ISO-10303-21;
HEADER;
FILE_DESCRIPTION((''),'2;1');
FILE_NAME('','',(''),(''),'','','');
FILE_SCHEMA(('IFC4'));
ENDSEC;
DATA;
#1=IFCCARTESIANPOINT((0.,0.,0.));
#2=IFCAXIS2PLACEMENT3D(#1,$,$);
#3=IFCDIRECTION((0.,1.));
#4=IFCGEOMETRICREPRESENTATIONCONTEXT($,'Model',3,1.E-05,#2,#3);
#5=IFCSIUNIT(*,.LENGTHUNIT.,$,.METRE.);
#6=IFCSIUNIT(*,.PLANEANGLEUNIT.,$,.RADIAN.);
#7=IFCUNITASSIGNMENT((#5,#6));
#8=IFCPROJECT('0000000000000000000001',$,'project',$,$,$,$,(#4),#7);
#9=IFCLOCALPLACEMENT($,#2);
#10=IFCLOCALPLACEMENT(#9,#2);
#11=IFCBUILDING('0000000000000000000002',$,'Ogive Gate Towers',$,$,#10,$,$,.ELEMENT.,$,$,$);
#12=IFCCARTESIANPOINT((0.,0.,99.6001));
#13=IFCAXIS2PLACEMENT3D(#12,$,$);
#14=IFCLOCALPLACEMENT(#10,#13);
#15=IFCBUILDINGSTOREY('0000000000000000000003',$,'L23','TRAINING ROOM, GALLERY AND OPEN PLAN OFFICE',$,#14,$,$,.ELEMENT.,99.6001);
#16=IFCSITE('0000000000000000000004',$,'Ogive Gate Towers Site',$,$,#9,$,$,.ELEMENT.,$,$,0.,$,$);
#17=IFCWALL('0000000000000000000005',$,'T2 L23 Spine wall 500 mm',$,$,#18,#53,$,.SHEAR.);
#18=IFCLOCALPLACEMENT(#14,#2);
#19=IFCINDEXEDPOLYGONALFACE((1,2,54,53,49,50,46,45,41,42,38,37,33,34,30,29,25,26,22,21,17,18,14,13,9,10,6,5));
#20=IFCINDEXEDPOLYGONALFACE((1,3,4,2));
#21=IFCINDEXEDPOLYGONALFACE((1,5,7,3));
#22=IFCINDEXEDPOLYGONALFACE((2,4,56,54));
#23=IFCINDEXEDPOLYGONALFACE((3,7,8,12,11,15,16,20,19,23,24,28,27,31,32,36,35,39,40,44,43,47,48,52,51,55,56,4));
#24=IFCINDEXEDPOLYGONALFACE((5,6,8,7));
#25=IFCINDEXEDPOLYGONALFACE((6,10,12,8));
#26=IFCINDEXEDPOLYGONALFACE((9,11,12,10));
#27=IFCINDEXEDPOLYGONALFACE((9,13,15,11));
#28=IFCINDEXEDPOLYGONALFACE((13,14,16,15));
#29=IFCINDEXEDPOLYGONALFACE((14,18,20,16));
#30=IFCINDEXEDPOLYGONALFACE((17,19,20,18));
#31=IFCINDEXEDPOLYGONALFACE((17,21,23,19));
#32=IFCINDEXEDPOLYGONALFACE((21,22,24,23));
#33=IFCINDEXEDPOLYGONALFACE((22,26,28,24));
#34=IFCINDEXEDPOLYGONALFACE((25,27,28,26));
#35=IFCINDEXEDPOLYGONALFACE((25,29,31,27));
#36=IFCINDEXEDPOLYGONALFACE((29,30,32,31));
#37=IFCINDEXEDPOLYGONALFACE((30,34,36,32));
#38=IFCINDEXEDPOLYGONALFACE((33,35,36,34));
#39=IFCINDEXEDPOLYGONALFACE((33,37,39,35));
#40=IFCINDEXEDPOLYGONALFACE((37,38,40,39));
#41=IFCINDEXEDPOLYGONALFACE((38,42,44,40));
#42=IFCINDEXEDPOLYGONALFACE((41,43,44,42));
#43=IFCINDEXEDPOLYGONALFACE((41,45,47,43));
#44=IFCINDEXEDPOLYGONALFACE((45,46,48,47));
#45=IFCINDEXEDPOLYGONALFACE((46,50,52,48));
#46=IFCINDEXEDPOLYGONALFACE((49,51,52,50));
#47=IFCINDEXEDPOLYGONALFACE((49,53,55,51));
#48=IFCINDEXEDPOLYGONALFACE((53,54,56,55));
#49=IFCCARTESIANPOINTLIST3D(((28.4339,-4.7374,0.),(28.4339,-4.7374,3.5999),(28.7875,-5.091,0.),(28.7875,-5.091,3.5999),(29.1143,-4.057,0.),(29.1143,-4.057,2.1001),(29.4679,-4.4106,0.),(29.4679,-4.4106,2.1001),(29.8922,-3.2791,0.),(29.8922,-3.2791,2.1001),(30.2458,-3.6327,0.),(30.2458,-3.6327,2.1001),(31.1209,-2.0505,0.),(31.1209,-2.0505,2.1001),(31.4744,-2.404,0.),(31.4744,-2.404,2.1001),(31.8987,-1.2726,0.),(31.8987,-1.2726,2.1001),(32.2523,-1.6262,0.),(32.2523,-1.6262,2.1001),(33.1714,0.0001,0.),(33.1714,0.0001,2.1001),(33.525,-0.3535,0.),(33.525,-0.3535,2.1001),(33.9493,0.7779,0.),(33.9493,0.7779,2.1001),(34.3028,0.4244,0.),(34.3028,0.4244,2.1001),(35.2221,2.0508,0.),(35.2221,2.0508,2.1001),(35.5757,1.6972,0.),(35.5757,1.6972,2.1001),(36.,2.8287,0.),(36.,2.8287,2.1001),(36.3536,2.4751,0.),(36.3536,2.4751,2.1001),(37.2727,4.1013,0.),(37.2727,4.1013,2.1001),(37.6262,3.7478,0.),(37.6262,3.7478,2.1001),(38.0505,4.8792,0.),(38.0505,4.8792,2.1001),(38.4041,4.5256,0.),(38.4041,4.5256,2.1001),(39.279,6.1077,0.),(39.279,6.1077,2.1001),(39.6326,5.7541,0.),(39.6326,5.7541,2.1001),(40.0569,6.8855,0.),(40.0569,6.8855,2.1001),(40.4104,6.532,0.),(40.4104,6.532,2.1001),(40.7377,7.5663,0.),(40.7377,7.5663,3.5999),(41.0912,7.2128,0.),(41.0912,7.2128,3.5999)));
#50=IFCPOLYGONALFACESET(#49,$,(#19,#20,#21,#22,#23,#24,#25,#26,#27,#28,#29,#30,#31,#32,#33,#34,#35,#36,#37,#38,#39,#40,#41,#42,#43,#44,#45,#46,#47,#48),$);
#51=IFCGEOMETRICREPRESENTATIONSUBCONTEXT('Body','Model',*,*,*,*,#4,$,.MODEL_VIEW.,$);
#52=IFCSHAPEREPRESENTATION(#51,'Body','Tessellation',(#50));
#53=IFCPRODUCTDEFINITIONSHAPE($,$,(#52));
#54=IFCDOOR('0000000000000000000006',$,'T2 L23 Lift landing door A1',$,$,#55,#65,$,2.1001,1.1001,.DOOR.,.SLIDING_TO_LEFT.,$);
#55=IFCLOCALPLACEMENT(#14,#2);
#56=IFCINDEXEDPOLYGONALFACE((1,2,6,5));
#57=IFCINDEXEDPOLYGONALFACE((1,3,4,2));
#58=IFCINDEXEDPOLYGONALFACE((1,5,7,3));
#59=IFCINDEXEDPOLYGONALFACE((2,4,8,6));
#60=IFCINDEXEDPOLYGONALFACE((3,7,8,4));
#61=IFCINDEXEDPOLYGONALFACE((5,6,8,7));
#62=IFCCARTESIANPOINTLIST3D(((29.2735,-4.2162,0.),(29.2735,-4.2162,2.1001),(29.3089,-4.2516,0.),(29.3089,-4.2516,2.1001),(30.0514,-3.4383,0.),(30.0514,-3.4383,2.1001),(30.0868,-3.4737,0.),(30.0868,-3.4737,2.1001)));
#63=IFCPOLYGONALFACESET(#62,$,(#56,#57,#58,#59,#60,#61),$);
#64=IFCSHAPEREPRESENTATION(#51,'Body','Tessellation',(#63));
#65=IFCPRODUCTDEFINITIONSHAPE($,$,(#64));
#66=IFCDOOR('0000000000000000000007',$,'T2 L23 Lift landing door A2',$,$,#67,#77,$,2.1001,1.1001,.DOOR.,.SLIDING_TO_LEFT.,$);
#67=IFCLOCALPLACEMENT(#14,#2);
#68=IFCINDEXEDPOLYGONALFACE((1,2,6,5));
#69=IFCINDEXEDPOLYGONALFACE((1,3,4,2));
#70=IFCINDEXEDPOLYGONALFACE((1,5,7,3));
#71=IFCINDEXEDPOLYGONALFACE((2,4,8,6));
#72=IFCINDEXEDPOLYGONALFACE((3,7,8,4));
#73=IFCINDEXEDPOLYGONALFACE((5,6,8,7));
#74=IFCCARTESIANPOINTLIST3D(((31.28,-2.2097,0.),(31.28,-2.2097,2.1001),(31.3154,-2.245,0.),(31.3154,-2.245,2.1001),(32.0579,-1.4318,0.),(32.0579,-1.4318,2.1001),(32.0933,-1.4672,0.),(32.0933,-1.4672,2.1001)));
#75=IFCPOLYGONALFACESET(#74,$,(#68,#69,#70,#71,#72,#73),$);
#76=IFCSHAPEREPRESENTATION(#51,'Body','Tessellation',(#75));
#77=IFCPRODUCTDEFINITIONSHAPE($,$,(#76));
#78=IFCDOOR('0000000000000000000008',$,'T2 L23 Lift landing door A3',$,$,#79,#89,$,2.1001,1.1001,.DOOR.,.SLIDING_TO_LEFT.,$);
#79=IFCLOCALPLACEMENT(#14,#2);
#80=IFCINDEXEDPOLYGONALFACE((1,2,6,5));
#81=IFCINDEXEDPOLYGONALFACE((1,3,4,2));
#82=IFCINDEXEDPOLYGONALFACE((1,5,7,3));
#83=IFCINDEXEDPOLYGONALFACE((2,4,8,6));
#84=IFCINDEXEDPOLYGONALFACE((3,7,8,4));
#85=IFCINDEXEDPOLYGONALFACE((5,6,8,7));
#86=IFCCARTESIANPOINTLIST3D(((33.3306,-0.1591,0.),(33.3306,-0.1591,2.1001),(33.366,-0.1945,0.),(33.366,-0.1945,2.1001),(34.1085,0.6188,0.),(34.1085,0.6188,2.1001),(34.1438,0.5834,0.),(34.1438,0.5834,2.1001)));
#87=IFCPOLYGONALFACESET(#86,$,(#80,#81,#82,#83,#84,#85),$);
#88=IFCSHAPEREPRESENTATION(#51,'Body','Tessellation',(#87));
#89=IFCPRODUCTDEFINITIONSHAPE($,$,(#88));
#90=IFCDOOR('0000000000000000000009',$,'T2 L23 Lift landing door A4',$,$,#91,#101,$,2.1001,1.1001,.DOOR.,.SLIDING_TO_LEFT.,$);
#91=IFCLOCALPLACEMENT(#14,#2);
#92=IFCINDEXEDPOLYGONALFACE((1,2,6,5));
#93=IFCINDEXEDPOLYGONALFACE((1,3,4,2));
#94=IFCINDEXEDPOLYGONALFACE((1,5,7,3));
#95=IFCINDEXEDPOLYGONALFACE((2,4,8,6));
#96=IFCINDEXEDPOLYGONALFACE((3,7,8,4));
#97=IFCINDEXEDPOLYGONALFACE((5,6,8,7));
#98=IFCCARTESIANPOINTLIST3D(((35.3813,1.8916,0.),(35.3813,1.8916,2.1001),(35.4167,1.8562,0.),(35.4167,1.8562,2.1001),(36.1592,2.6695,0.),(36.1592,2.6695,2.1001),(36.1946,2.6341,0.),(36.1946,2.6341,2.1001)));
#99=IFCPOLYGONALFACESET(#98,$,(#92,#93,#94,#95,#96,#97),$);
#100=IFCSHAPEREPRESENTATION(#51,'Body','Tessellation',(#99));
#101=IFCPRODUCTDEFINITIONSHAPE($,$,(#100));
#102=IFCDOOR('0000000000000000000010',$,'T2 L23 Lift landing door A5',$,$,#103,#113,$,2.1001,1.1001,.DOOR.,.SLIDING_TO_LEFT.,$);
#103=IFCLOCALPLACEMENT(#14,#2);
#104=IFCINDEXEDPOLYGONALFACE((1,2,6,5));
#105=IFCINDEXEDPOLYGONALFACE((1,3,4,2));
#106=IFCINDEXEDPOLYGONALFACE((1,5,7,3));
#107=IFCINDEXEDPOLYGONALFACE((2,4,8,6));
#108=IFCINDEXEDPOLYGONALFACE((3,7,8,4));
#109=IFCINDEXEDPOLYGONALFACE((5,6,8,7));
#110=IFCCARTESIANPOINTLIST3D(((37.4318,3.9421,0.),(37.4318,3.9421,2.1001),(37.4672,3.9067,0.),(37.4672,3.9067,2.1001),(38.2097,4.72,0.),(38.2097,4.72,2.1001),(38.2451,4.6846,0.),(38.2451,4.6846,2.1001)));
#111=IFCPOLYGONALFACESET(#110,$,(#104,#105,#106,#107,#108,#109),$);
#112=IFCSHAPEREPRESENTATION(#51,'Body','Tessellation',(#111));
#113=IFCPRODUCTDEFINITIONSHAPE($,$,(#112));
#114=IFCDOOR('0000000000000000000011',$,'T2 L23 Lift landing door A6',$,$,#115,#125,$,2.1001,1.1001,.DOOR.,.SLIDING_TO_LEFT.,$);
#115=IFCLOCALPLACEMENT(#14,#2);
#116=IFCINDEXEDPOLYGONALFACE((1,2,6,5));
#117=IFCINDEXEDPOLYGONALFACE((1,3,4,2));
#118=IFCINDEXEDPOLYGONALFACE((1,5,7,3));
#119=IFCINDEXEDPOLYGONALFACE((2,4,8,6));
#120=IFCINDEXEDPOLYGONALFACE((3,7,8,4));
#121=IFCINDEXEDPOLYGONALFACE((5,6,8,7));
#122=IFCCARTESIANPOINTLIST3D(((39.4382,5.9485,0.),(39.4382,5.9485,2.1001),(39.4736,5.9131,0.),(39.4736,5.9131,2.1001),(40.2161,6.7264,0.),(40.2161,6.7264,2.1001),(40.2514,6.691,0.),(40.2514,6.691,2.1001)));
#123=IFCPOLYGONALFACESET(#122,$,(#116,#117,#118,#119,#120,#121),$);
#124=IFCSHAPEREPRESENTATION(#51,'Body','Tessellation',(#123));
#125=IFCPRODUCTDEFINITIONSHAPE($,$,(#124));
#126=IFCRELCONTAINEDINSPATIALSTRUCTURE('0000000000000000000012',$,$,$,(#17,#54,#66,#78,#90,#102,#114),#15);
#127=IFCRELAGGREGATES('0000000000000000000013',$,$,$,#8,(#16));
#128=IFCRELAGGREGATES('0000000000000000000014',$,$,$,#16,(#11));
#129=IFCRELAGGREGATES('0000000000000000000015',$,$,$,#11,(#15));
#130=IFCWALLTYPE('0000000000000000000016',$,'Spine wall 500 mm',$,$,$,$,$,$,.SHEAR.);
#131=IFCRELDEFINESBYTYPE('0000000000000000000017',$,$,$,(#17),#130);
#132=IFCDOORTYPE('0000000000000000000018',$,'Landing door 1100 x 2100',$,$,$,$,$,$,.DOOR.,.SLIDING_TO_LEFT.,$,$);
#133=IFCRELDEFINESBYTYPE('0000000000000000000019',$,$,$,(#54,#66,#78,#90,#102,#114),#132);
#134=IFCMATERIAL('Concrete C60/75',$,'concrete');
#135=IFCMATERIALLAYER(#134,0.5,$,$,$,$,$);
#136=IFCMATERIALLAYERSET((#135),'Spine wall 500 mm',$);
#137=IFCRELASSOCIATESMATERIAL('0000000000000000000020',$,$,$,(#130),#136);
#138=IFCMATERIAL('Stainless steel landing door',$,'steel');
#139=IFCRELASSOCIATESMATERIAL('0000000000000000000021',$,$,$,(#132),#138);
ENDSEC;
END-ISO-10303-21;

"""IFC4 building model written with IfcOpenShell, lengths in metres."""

from ifc_helpers import new_model, si_unit, direction, frame, frame_2d, origin, place, context, subcontext, project, spatial, rectangle, extrude, material, layer, layer_set, type_object, element, fill, save


model = new_model("IFC4")

# Units and contexts
model_context = context("Model", 3, precision=1e-05, world=origin(), true_north=direction((0.0, 1.0)))
body_context = subcontext(model_context, "Body", "Model", "MODEL_VIEW")
ifc_project = project(units=[si_unit("LENGTHUNIT", "METRE"), si_unit("PLANEANGLEUNIT", "RADIAN")], contexts=[model_context])

# Site, building, storey
site_placement = place(None, origin())
site = spatial("IfcSite", under=ifc_project, at=site_placement, Name="Ogive Gate Towers Site", CompositionType="ELEMENT", RefElevation=0.0)
building_placement = place(site_placement, origin())
building = spatial("IfcBuilding", under=site, at=building_placement, Name="Ogive Gate Towers", CompositionType="ELEMENT")
storey_placement = place(building_placement, frame((0.0, 0.0, 99.6001)))
storey = spatial("IfcBuildingStorey", under=building, at=storey_placement, Name="L23", Description="TRAINING ROOM, GALLERY AND OPEN PLAN OFFICE", CompositionType="ELEMENT", Elevation=99.6001)

# Shared definitions
ifc_material_1 = material(Name="Concrete C60/75", Category="concrete")

# Shared definitions
ifc_material_2 = material(Name="Stainless steel landing door", Category="steel")

# Wall, openings, doors
ifc_layer_1 = layer(ifc_material_1, 0.5)
ifc_layer_set_1 = layer_set([ifc_layer_1], Name="Spine wall 500 mm")
wall_type_1 = type_object("IfcWallType", Name="Spine wall 500 mm", PredefinedType="SHEAR", material=ifc_layer_set_1)
wall_1_placement = place(storey_placement, frame((28.6106, -4.9143, 0.0), z_axis=(0.0, 0.0, 1.0), x_axis=(0.707107, 0.707107, 0.0)))
wall_1 = element("IfcWall", 1, at=wall_1_placement, inside=storey, type_object=wall_type_1, Name="T2 L23 Spine wall 500 mm", PredefinedType="SHEAR", context=body_context, shape_type="SweptSolid", body=[
    extrude(rectangle(XDim=17.4001, YDim=0.5, at=frame_2d((8.7002, 0.0))), origin(), (0.0, 0.0, 1.0), 3.5999),
])
opening_1_placement = place(wall_1_placement, frame((0.9624, 0.0, 0.0)))
opening_1 = element("IfcOpeningElement", 2, at=opening_1_placement, cuts=wall_1, PredefinedType="OPENING", context=body_context, shape_type="SweptSolid", body=[
    extrude(rectangle(XDim=1.1001, YDim=2.1001, at=frame_2d((0.55, 1.05))), frame((0.0, 0.26, 0.0), z_axis=(0.0, -1.0, 0.0), x_axis=(1.0, 0.0, 0.0)), (0.0, 0.0, 1.0), 0.52),
])
opening_2_placement = place(wall_1_placement, frame((3.8, 0.0, 0.0)))
opening_2 = element("IfcOpeningElement", 3, at=opening_2_placement, cuts=wall_1, PredefinedType="OPENING", context=body_context, shape_type="SweptSolid", body=[
    extrude(rectangle(XDim=1.1001, YDim=2.1001, at=frame_2d((0.55, 1.05))), frame((0.0, 0.26, 0.0), z_axis=(0.0, -1.0, 0.0), x_axis=(1.0, 0.0, 0.0)), (0.0, 0.0, 1.0), 0.52),
])
opening_3_placement = place(wall_1_placement, frame((6.7, 0.0, 0.0)))
opening_3 = element("IfcOpeningElement", 4, at=opening_3_placement, cuts=wall_1, PredefinedType="OPENING", context=body_context, shape_type="SweptSolid", body=[
    extrude(rectangle(XDim=1.1001, YDim=2.1001, at=frame_2d((0.55, 1.05))), frame((0.0, 0.26, 0.0), z_axis=(0.0, -1.0, 0.0), x_axis=(1.0, 0.0, 0.0)), (0.0, 0.0, 1.0), 0.52),
])
opening_4_placement = place(wall_1_placement, frame((9.6001, 0.0, 0.0)))
opening_4 = element("IfcOpeningElement", 5, at=opening_4_placement, cuts=wall_1, PredefinedType="OPENING", context=body_context, shape_type="SweptSolid", body=[
    extrude(rectangle(XDim=1.1001, YDim=2.1001, at=frame_2d((0.55, 1.05))), frame((0.0, 0.26, 0.0), z_axis=(0.0, -1.0, 0.0), x_axis=(1.0, 0.0, 0.0)), (0.0, 0.0, 1.0), 0.52),
])
opening_5_placement = place(wall_1_placement, frame((12.5, 0.0, 0.0)))
opening_5 = element("IfcOpeningElement", 6, at=opening_5_placement, cuts=wall_1, PredefinedType="OPENING", context=body_context, shape_type="SweptSolid", body=[
    extrude(rectangle(XDim=1.1001, YDim=2.1001, at=frame_2d((0.55, 1.05))), frame((0.0, 0.26, 0.0), z_axis=(0.0, -1.0, 0.0), x_axis=(1.0, 0.0, 0.0)), (0.0, 0.0, 1.0), 0.52),
])
opening_6_placement = place(wall_1_placement, frame((15.3374, 0.0, 0.0)))
opening_6 = element("IfcOpeningElement", 7, at=opening_6_placement, cuts=wall_1, PredefinedType="OPENING", context=body_context, shape_type="SweptSolid", body=[
    extrude(rectangle(XDim=1.1001, YDim=2.1001, at=frame_2d((0.55, 1.05))), frame((0.0, 0.26, 0.0), z_axis=(0.0, -1.0, 0.0), x_axis=(1.0, 0.0, 0.0)), (0.0, 0.0, 1.0), 0.52),
])
door_type_1 = type_object("IfcDoorType", Name="Landing door 1100 x 2100", OperationType="SLIDING_TO_LEFT", PredefinedType="DOOR", material=ifc_material_2)
door_1_placement = place(opening_1_placement, origin())
door_1 = element("IfcDoor", 8, at=door_1_placement, inside=storey, type_object=door_type_1, Name="T2 L23 Lift landing door A1", OperationType="SLIDING_TO_LEFT", OverallHeight=2.1001, OverallWidth=1.1001, PredefinedType="DOOR", context=body_context, shape_type="SweptSolid", body=[
    extrude(rectangle(XDim=1.1001, YDim=2.1001, at=frame_2d((0.55, 1.05))), frame((0.0, 0.0249, 0.0), z_axis=(0.0, -1.0, 0.0), x_axis=(1.0, 0.0, 0.0)), (0.0, 0.0, 1.0), 0.05),
])
fill(opening_1, door_1)
door_2_placement = place(opening_2_placement, origin())
door_2 = element("IfcDoor", 9, at=door_2_placement, inside=storey, type_object=door_type_1, Name="T2 L23 Lift landing door A2", OperationType="SLIDING_TO_LEFT", OverallHeight=2.1001, OverallWidth=1.1001, PredefinedType="DOOR", context=body_context, shape_type="SweptSolid", body=[
    extrude(rectangle(XDim=1.1001, YDim=2.1001, at=frame_2d((0.55, 1.05))), frame((0.0, 0.0249, 0.0), z_axis=(0.0, -1.0, 0.0), x_axis=(1.0, 0.0, 0.0)), (0.0, 0.0, 1.0), 0.05),
])
fill(opening_2, door_2)
door_3_placement = place(opening_3_placement, origin())
door_3 = element("IfcDoor", 10, at=door_3_placement, inside=storey, type_object=door_type_1, Name="T2 L23 Lift landing door A3", OperationType="SLIDING_TO_LEFT", OverallHeight=2.1001, OverallWidth=1.1001, PredefinedType="DOOR", context=body_context, shape_type="SweptSolid", body=[
    extrude(rectangle(XDim=1.1001, YDim=2.1001, at=frame_2d((0.55, 1.05))), frame((0.0, 0.0249, 0.0), z_axis=(0.0, -1.0, 0.0), x_axis=(1.0, 0.0, 0.0)), (0.0, 0.0, 1.0), 0.05),
])
fill(opening_3, door_3)
door_4_placement = place(opening_4_placement, origin())
door_4 = element("IfcDoor", 11, at=door_4_placement, inside=storey, type_object=door_type_1, Name="T2 L23 Lift landing door A4", OperationType="SLIDING_TO_LEFT", OverallHeight=2.1001, OverallWidth=1.1001, PredefinedType="DOOR", context=body_context, shape_type="SweptSolid", body=[
    extrude(rectangle(XDim=1.1001, YDim=2.1001, at=frame_2d((0.55, 1.05))), frame((0.0, 0.0249, 0.0), z_axis=(0.0, -1.0, 0.0), x_axis=(1.0, 0.0, 0.0)), (0.0, 0.0, 1.0), 0.05),
])
fill(opening_4, door_4)
door_5_placement = place(opening_5_placement, origin())
door_5 = element("IfcDoor", 12, at=door_5_placement, inside=storey, type_object=door_type_1, Name="T2 L23 Lift landing door A5", OperationType="SLIDING_TO_LEFT", OverallHeight=2.1001, OverallWidth=1.1001, PredefinedType="DOOR", context=body_context, shape_type="SweptSolid", body=[
    extrude(rectangle(XDim=1.1001, YDim=2.1001, at=frame_2d((0.55, 1.05))), frame((0.0, 0.0249, 0.0), z_axis=(0.0, -1.0, 0.0), x_axis=(1.0, 0.0, 0.0)), (0.0, 0.0, 1.0), 0.05),
])
fill(opening_5, door_5)
door_6_placement = place(opening_6_placement, origin())
door_6 = element("IfcDoor", 13, at=door_6_placement, inside=storey, type_object=door_type_1, Name="T2 L23 Lift landing door A6", OperationType="SLIDING_TO_LEFT", OverallHeight=2.1001, OverallWidth=1.1001, PredefinedType="DOOR", context=body_context, shape_type="SweptSolid", body=[
    extrude(rectangle(XDim=1.1001, YDim=2.1001, at=frame_2d((0.55, 1.05))), frame((0.0, 0.0249, 0.0), z_axis=(0.0, -1.0, 0.0), x_axis=(1.0, 0.0, 0.0)), (0.0, 0.0, 1.0), 0.05),
])
fill(opening_6, door_6)

save(model, "model.ifc")
